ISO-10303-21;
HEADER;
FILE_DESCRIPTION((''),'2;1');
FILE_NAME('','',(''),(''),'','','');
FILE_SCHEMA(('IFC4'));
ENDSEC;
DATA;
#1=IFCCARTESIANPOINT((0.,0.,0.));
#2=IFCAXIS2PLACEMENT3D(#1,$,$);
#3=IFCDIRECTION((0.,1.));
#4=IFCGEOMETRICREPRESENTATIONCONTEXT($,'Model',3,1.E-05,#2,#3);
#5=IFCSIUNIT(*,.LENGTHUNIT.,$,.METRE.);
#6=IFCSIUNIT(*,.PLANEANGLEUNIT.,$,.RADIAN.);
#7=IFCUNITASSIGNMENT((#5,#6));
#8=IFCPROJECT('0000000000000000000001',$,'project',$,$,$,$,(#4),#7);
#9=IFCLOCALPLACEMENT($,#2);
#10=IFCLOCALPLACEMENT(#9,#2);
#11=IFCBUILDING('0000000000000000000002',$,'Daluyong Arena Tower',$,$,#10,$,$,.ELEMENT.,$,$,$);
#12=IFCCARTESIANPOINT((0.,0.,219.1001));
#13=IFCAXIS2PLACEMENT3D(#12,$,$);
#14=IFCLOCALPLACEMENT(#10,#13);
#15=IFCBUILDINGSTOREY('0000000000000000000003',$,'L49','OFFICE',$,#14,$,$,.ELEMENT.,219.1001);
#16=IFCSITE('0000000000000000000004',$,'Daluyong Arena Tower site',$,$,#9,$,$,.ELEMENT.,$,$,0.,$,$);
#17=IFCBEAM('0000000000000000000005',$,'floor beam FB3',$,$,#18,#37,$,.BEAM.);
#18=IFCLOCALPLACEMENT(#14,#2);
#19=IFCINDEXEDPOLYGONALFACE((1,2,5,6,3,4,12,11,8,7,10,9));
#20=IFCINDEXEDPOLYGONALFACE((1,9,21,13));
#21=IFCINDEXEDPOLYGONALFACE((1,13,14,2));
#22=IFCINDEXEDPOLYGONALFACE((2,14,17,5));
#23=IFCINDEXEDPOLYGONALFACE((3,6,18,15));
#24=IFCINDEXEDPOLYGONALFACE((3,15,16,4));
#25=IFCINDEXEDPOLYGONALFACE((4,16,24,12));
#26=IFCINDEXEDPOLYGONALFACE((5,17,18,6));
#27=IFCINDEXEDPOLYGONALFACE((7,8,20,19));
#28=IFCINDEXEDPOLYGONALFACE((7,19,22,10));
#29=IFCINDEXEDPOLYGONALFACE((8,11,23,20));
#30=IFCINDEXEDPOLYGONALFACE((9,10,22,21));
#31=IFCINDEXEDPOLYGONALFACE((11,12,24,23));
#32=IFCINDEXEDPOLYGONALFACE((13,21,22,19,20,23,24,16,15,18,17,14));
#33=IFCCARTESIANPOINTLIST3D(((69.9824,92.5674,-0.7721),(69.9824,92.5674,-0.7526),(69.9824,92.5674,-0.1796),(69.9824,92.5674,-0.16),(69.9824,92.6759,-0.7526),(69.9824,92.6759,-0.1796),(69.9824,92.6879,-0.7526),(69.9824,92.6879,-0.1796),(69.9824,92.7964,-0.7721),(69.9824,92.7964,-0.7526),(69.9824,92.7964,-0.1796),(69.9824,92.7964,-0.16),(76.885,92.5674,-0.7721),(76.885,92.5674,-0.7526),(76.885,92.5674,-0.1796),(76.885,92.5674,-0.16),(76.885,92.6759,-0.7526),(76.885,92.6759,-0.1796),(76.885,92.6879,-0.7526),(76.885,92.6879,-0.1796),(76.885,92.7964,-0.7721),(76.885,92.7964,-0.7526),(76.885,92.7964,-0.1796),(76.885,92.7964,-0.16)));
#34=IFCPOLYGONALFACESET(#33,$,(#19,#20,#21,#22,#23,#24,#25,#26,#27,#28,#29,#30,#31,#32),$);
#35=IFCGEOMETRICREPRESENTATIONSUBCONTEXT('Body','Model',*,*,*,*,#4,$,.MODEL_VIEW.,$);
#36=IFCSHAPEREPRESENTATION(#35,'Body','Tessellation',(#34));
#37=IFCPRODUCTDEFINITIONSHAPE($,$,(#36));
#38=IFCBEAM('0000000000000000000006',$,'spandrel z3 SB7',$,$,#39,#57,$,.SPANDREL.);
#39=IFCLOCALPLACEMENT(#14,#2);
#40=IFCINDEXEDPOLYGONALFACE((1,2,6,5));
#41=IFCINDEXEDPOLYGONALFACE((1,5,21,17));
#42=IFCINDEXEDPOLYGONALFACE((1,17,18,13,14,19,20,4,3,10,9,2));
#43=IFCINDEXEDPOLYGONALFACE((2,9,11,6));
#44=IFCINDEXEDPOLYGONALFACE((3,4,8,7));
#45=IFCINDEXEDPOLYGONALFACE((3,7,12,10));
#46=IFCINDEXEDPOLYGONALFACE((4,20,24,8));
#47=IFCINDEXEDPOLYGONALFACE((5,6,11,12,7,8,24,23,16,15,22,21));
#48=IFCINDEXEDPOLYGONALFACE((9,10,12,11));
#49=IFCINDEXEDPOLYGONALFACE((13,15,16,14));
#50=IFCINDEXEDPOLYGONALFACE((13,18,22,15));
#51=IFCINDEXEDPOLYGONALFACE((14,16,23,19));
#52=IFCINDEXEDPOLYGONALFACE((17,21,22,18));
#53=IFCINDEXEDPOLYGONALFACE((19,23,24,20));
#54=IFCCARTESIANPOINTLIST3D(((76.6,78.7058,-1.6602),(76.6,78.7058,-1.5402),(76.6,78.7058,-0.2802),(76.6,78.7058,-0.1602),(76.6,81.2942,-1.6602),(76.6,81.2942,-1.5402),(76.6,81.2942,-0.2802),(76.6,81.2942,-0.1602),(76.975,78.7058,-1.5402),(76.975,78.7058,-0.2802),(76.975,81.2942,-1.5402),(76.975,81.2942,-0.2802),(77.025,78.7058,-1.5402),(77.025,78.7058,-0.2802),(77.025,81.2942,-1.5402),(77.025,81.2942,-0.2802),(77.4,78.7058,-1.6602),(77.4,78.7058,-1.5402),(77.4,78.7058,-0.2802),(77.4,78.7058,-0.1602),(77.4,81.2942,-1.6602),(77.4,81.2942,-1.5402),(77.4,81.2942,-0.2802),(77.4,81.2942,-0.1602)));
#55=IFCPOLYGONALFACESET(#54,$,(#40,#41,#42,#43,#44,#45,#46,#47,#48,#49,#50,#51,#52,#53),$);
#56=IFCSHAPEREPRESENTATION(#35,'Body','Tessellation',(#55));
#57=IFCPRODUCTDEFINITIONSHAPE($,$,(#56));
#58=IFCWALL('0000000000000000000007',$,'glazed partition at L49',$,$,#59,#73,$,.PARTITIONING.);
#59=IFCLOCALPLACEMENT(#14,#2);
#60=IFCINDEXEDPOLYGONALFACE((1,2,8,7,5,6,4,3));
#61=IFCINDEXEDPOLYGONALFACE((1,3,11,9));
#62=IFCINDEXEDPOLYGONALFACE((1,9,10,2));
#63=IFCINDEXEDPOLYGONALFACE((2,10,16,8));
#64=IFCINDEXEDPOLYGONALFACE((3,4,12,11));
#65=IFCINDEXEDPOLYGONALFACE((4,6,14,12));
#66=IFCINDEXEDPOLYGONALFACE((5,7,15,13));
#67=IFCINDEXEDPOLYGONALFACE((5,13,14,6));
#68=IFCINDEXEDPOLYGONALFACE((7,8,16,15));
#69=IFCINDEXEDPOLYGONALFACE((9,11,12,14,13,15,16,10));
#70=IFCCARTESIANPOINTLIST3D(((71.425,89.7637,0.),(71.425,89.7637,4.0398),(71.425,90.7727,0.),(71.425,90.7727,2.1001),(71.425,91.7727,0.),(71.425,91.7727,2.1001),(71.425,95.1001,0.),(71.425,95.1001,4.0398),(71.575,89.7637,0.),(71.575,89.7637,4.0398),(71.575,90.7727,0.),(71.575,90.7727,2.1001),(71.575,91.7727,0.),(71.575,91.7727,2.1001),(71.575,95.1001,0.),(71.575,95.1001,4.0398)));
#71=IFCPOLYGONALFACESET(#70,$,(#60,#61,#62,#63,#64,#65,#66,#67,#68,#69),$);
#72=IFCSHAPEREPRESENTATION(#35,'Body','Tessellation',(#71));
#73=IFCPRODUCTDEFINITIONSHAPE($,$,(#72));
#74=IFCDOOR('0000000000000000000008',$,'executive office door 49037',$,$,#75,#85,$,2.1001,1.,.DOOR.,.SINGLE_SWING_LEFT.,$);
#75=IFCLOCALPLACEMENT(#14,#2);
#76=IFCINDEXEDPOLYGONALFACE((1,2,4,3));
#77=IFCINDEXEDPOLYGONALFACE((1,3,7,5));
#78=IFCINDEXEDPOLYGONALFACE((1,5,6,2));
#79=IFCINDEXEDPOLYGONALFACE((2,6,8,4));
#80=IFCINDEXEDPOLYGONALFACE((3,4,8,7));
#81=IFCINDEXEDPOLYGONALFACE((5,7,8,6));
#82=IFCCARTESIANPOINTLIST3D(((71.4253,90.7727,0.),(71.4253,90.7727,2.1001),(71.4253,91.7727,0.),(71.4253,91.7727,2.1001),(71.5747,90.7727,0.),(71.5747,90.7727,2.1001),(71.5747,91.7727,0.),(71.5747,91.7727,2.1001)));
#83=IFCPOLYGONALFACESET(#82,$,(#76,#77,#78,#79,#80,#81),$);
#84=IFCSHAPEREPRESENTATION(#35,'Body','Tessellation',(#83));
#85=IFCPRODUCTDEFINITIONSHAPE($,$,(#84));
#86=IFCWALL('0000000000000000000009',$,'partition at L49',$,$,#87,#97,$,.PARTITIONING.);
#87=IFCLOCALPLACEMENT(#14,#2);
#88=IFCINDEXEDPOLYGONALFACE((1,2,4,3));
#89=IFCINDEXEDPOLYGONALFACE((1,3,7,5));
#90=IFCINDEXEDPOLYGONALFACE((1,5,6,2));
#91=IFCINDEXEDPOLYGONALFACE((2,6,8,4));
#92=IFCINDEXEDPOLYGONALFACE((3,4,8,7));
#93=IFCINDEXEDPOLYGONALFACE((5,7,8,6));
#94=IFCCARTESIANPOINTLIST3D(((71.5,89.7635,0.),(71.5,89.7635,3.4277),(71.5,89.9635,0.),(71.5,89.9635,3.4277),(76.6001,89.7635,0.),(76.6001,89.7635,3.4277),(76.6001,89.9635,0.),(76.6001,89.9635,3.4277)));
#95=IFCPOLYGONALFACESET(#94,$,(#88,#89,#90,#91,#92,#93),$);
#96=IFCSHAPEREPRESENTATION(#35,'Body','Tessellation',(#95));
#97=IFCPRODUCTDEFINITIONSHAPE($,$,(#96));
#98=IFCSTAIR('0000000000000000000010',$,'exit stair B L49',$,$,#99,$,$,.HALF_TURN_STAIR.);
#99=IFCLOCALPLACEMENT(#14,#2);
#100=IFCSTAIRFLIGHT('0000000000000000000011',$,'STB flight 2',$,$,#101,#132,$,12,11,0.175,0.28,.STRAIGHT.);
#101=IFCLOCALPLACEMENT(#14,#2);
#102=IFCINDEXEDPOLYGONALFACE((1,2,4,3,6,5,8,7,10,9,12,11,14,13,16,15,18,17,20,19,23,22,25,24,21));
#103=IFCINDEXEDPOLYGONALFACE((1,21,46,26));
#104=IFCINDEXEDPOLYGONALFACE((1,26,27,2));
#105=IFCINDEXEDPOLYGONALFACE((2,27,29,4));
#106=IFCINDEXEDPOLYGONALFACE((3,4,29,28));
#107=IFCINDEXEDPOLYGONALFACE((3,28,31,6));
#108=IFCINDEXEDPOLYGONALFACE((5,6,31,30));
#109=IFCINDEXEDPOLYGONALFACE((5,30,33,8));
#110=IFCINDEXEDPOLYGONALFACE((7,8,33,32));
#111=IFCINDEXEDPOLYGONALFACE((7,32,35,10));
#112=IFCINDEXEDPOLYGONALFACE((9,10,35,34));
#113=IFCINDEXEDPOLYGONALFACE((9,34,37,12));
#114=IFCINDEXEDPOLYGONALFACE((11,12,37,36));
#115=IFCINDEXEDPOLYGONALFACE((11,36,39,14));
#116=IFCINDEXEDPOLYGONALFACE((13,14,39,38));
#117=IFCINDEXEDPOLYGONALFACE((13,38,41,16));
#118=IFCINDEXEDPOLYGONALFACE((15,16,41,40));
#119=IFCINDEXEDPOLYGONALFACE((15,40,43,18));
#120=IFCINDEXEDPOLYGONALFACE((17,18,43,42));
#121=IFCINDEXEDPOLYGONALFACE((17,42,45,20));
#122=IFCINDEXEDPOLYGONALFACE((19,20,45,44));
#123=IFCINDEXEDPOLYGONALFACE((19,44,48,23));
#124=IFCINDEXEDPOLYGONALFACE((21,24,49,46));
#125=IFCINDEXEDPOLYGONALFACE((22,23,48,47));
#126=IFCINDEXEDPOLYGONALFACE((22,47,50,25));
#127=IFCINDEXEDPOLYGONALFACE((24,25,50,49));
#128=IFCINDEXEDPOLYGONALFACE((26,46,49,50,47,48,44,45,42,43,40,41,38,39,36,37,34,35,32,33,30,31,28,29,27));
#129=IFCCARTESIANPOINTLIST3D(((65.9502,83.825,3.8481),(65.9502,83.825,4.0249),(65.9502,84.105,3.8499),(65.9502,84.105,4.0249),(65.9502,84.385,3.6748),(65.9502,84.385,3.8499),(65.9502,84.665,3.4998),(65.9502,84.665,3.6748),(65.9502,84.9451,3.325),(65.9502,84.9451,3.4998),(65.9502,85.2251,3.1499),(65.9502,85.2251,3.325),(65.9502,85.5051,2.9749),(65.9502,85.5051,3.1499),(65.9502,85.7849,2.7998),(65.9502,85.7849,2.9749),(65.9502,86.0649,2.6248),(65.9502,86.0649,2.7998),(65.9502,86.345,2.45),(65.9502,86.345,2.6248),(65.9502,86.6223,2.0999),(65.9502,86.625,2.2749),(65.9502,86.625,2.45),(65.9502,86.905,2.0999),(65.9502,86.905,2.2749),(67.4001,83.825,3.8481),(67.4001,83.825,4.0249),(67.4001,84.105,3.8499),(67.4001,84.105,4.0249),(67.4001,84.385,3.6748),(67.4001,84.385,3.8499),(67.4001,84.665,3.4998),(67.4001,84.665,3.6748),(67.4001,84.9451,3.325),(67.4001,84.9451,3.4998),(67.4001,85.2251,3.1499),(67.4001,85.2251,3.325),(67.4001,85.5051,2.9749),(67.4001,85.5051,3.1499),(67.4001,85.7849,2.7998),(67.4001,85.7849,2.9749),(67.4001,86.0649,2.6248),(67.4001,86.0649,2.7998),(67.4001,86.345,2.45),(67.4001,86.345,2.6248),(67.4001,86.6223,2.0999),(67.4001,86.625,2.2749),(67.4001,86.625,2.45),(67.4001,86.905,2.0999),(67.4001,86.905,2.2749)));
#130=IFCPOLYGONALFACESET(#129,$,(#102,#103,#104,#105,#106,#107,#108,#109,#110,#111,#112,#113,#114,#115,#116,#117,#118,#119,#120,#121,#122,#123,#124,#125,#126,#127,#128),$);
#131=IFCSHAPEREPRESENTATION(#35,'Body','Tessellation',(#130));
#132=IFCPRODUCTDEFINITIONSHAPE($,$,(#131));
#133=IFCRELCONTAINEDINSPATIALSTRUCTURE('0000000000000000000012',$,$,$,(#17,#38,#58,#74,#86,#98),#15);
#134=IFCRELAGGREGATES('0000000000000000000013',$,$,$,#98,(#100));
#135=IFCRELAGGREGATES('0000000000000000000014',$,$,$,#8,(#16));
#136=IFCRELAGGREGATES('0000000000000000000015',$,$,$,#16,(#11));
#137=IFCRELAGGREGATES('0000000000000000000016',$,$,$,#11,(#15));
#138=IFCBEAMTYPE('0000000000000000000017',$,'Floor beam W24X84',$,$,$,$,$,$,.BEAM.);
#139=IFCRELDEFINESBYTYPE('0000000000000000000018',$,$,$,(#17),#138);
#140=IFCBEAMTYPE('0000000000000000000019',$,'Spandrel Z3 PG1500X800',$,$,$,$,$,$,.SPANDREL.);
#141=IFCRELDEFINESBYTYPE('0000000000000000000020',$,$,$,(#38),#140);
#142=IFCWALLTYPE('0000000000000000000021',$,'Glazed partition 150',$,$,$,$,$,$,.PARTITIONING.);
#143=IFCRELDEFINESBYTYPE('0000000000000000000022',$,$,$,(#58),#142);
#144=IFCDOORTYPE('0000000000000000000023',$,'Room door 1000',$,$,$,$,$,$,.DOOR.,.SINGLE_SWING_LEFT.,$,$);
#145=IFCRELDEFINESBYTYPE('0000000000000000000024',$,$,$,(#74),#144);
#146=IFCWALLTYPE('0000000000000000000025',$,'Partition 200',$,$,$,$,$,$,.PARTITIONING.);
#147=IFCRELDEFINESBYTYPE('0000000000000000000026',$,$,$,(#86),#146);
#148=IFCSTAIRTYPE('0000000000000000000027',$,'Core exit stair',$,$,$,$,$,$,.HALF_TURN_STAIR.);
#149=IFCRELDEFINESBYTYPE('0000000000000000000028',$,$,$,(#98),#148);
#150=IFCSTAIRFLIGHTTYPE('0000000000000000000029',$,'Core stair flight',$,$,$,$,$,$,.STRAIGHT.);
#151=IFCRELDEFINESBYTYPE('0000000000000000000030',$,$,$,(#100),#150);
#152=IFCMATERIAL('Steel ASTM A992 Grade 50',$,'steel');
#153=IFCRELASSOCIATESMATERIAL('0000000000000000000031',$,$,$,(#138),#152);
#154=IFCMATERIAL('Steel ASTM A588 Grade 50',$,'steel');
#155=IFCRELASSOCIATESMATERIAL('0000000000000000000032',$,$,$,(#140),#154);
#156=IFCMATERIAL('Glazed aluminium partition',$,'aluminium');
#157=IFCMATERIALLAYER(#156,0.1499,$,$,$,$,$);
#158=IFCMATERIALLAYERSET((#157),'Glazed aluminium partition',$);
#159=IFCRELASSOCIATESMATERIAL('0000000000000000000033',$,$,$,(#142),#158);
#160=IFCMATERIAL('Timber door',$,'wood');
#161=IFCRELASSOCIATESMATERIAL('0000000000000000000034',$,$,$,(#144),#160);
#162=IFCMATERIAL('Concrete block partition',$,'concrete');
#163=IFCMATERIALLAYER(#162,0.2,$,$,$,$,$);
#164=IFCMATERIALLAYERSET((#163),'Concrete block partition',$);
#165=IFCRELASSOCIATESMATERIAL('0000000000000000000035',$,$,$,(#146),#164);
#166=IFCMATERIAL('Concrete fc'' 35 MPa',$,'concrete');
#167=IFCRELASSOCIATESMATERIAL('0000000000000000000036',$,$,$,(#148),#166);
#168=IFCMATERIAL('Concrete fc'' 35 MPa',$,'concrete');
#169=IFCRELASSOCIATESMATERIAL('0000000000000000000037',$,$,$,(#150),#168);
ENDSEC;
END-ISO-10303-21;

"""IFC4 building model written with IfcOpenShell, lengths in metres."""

from ifc_helpers import new_model, si_unit, direction, frame, frame_2d, origin, origin_2d, place, context, subcontext, project, spatial, polyline, rectangle, i_section, outline, extrude, material, layer, layer_set, material_profile, profile_set, type_object, element, fill, aggregate, save


model = new_model("IFC4")

# Units and contexts
model_context = context("Model", 3, precision=1e-05, world=origin(), true_north=direction((0.0, 1.0)))
body_context = subcontext(model_context, "Body", "Model", "MODEL_VIEW")
ifc_project = project(units=[si_unit("LENGTHUNIT", "METRE"), si_unit("PLANEANGLEUNIT", "RADIAN")], contexts=[model_context])

# Site, building, storey
site_placement = place(None, origin())
site = spatial("IfcSite", under=ifc_project, at=site_placement, Name="Daluyong Arena Tower site", CompositionType="ELEMENT", RefElevation=0.0)
building_placement = place(site_placement, origin())
building = spatial("IfcBuilding", under=site, at=building_placement, Name="Daluyong Arena Tower", CompositionType="ELEMENT")
storey_placement = place(building_placement, frame((0.0, 0.0, 219.1001)))
storey = spatial("IfcBuildingStorey", under=building, at=storey_placement, Name="L49", Description="OFFICE", CompositionType="ELEMENT", Elevation=219.1001)

# Beams
ifc_material_1 = material(Name="Steel ASTM A992 Grade 50", Category="steel")
ifc_material_profile_1 = material_profile(ifc_material_1, i_section(OverallWidth=0.229, OverallDepth=0.6121, WebThickness=0.012, FlangeThickness=0.0195, at=origin_2d()))
ifc_profile_set_1 = profile_set([ifc_material_profile_1], Name="Steel ASTM A992 Grade 50")
beam_type_1 = type_object("IfcBeamType", Name="Floor beam W24X84", PredefinedType="BEAM", material=ifc_profile_set_1)
beam_1_placement = place(storey_placement, frame((76.885, 92.6819, -0.4661), z_axis=(-1.0, 0.0, 0.0), x_axis=(0.0, -1.0, 0.0)))
element("IfcBeam", 1, at=beam_1_placement, inside=storey, type_object=beam_type_1, Name="floor beam FB3", PredefinedType="BEAM", context=body_context, shape_type="SweptSolid", body=[
    extrude(i_section(OverallWidth=0.229, OverallDepth=0.6121, WebThickness=0.012, FlangeThickness=0.0195, at=origin_2d()), origin(), (0.0, 0.0, 1.0), 6.9026),
])
ifc_material_2 = material(Name="Steel ASTM A588 Grade 50", Category="steel")
ifc_material_profile_2 = material_profile(ifc_material_2, i_section(OverallWidth=0.8, OverallDepth=1.5, WebThickness=0.05, FlangeThickness=0.12, at=origin_2d()))
ifc_profile_set_2 = profile_set([ifc_material_profile_2], Name="Steel ASTM A588 Grade 50")
beam_type_2 = type_object("IfcBeamType", Name="Spandrel Z3 PG1500X800", PredefinedType="SPANDREL", material=ifc_profile_set_2)
beam_2_placement = place(storey_placement, frame((77.0, 78.7058, -0.9102), z_axis=(0.0, 1.0, 0.0), x_axis=(-1.0, 0.0, 0.0)))
element("IfcBeam", 2, at=beam_2_placement, inside=storey, type_object=beam_type_2, Name="spandrel z3 SB7", PredefinedType="SPANDREL", context=body_context, shape_type="SweptSolid", body=[
    extrude(i_section(OverallWidth=0.8, OverallDepth=1.5, WebThickness=0.05, FlangeThickness=0.12, at=origin_2d()), origin(), (0.0, 0.0, 1.0), 2.5884),
])

# Wall, opening, door
ifc_material_3 = material(Name="Glazed aluminium partition", Category="aluminium")
ifc_layer_1 = layer(ifc_material_3, 0.1499)
ifc_layer_set_1 = layer_set([ifc_layer_1], Name="Glazed aluminium partition")
wall_type_1 = type_object("IfcWallType", Name="Glazed partition 150", PredefinedType="PARTITIONING", material=ifc_layer_set_1)
wall_1_placement = place(storey_placement, frame((71.5, 89.7637, 0.0), z_axis=(0.0, 0.0, 1.0), x_axis=(0.0, 1.0, 0.0)))
wall_1 = element("IfcWall", 3, at=wall_1_placement, inside=storey, type_object=wall_type_1, Name="glazed partition at L49", PredefinedType="PARTITIONING", context=body_context, shape_type="SweptSolid", body=[
    extrude(rectangle(XDim=5.3364, YDim=0.1499, at=frame_2d((2.6682, 0.0))), origin(), (0.0, 0.0, 1.0), 4.0398),
])
opening_placement = place(wall_1_placement, frame((1.009, 0.0, 0.0)))
opening = element("IfcOpeningElement", 4, at=opening_placement, cuts=wall_1, PredefinedType="OPENING", context=body_context, shape_type="SweptSolid", body=[
    extrude(rectangle(XDim=1.0, YDim=2.1001, at=frame_2d((0.5, 1.05))), frame((0.0, 0.085, 0.0), z_axis=(0.0, -1.0, 0.0), x_axis=(1.0, 0.0, 0.0)), (0.0, 0.0, 1.0), 0.1699),
])
ifc_material_4 = material(Name="Timber door", Category="wood")
door_type = type_object("IfcDoorType", Name="Room door 1000", OperationType="SINGLE_SWING_LEFT", PredefinedType="DOOR", material=ifc_material_4)
door_placement = place(opening_placement, origin())
door = element("IfcDoor", 5, at=door_placement, inside=storey, type_object=door_type, Name="executive office door 49037", OperationType="SINGLE_SWING_LEFT", OverallHeight=2.1001, OverallWidth=1.0, PredefinedType="DOOR", context=body_context, shape_type="SweptSolid", body=[
    extrude(rectangle(XDim=1.0, YDim=2.1001, at=frame_2d((0.5, 1.05))), frame((0.0, 0.0747, 0.0), z_axis=(0.0, -1.0, 0.0), x_axis=(1.0, 0.0, 0.0)), (0.0, 0.0, 1.0), 0.1494),
])
fill(opening, door)

# Wall
ifc_material_5 = material(Name="Concrete block partition", Category="concrete")
ifc_layer_2 = layer(ifc_material_5, 0.2)
ifc_layer_set_2 = layer_set([ifc_layer_2], Name="Concrete block partition")
wall_type_2 = type_object("IfcWallType", Name="Partition 200", PredefinedType="PARTITIONING", material=ifc_layer_set_2)
wall_2_placement = place(storey_placement, frame((71.5, 89.8635, 0.0), z_axis=(0.0, 0.0, 1.0), x_axis=(1.0, 0.0, 0.0)))
element("IfcWall", 6, at=wall_2_placement, inside=storey, type_object=wall_type_2, Name="partition at L49", PredefinedType="PARTITIONING", context=body_context, shape_type="SweptSolid", body=[
    extrude(rectangle(XDim=5.1001, YDim=0.2, at=frame_2d((2.55, 0.0))), origin(), (0.0, 0.0, 1.0), 3.4277),
])

# Stair, stair flight
ifc_material_6 = material(Name="Concrete fc' 35 MPa", Category="concrete")
stair_type = type_object("IfcStairType", Name="Core exit stair", PredefinedType="HALF_TURN_STAIR", material=ifc_material_6)
stair_placement = place(storey_placement, origin())
stair = element("IfcStair", 7, at=stair_placement, inside=storey, type_object=stair_type, Name="exit stair B L49", PredefinedType="HALF_TURN_STAIR")
ifc_material_7 = material(Name="Concrete fc' 35 MPa", Category="concrete")
stair_flight_type = type_object("IfcStairFlightType", Name="Core stair flight", PredefinedType="STRAIGHT", material=ifc_material_7)
stair_flight_placement = place(storey_placement, frame((66.675, 86.905, 2.0999), z_axis=(0.0, 0.0, 1.0), x_axis=(0.0, -1.0, 0.0)))
stair_flight = element("IfcStairFlight", 8, at=stair_flight_placement, type_object=stair_flight_type, Name="STB flight 2", NumberOfRisers=12, NumberOfTreads=11, PredefinedType="STRAIGHT", RiserHeight=0.175, TreadLength=0.28, context=body_context, shape_type="SweptSolid", body=[
    extrude(outline(polyline([(0.0, 0.0), (0.0, 0.175), (0.28, 0.175), (0.28, 0.3501), (0.5601, 0.3501), (0.5601, 0.5249), (0.8401, 0.5249), (0.8401, 0.7), (1.1201, 0.7), (1.1201, 0.875), (1.3999, 0.875), (1.3999, 1.05), (1.6799, 1.05), (1.6799, 1.2251), (1.96, 1.2251), (1.96, 1.3999), (2.24, 1.3999), (2.24, 1.575), (2.52, 1.575), (2.52, 1.75), (2.8, 1.75), (2.8, 1.925), (3.0801, 1.925), (3.0801, 2.1001), (3.0801, 1.7483), (0.2827, 0.0), (0.0, 0.0)])), frame((0.0, 0.7251, 0.0), z_axis=(0.0, -1.0, 0.0), x_axis=(1.0, 0.0, 0.0)), (0.0, 0.0, 1.0), 1.45),
])
aggregate(stair, [stair_flight])

save(model, "model.ifc")
